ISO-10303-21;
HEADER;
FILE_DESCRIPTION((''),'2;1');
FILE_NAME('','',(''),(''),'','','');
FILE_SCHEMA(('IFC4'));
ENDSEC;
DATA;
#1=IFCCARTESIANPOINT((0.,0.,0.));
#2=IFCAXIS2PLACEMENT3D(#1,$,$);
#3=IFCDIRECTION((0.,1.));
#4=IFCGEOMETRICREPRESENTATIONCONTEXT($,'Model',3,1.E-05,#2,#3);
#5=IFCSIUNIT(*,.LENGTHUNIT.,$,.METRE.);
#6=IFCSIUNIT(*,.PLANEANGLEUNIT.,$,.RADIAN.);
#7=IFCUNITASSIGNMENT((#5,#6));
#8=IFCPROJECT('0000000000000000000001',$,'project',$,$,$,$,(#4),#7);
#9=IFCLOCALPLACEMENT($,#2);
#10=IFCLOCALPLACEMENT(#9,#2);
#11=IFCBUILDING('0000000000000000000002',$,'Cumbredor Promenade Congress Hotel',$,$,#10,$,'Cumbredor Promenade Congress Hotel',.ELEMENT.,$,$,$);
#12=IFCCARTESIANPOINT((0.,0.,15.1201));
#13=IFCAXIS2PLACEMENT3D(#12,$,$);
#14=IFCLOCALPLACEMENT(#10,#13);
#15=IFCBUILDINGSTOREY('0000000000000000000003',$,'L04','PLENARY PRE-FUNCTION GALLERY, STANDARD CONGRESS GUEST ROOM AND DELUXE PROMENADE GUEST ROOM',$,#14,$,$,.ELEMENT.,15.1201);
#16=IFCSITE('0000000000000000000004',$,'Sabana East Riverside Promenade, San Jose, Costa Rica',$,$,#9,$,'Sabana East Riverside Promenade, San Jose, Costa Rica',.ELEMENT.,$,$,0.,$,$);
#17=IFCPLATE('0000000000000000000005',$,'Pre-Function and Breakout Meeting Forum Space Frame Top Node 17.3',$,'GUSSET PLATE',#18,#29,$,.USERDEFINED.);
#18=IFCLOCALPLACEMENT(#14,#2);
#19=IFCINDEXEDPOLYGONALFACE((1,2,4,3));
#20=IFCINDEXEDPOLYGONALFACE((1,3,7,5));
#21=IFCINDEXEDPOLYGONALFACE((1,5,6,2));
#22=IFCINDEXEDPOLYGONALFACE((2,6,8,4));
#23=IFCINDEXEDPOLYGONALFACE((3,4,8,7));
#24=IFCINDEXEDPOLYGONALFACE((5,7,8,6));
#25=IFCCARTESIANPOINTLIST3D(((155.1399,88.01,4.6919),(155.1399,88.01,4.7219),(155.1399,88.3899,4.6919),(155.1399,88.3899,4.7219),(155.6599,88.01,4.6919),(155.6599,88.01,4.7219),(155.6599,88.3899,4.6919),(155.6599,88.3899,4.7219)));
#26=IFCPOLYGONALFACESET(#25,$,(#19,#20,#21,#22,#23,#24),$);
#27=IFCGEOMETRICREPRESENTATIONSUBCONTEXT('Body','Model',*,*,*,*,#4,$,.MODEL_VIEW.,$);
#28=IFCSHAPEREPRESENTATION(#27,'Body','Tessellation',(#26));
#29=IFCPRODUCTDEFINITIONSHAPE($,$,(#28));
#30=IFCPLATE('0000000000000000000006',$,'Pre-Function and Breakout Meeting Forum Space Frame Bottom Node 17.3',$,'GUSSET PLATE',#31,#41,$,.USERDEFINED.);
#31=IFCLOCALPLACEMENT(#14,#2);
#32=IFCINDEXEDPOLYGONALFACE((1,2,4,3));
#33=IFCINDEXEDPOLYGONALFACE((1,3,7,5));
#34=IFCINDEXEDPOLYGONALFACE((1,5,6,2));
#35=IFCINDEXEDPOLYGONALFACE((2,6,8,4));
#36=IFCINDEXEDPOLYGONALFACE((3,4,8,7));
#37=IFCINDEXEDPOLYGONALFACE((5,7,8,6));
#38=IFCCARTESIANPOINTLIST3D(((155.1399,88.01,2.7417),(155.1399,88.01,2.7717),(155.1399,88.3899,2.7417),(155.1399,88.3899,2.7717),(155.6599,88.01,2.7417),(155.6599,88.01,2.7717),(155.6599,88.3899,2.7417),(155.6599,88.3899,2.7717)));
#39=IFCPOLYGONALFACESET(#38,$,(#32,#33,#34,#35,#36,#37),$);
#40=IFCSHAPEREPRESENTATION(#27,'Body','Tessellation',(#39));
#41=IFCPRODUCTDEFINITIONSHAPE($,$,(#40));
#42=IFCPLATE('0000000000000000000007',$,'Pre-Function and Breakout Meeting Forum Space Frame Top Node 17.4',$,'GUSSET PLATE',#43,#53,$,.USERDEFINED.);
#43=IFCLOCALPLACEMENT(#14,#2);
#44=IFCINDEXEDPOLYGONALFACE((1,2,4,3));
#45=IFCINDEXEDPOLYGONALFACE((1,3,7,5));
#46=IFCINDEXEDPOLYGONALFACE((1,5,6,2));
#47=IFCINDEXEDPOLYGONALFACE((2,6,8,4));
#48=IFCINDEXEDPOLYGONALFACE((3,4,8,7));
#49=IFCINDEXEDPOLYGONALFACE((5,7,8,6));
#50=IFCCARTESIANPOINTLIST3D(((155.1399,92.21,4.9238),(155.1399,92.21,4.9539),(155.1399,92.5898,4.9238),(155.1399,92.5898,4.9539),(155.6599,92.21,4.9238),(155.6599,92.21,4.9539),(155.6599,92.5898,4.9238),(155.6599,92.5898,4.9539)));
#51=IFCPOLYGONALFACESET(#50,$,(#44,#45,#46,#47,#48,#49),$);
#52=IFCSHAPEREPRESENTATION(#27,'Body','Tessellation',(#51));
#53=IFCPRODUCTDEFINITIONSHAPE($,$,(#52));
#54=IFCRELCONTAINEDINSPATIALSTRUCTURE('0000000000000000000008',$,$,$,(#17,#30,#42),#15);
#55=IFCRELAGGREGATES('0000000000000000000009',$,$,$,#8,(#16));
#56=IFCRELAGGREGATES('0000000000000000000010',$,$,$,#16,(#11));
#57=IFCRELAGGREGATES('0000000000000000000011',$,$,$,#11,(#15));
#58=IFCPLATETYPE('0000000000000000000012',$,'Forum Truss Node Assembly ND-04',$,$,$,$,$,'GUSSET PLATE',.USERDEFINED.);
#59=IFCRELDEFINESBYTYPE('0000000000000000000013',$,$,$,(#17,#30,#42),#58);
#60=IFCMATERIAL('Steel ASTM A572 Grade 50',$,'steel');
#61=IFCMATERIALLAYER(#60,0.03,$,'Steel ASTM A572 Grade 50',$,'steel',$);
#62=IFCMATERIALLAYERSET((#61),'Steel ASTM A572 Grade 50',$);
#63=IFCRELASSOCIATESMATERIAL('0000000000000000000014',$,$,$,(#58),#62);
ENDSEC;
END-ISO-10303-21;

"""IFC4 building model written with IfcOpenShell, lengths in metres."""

from ifc_helpers import new_model, si_unit, direction, frame, origin, origin_2d, place, context, subcontext, project, spatial, rectangle, extrude, material, layer, layer_set, type_object, element, save


model = new_model("IFC4")

# Units and contexts
model_context = context("Model", 3, precision=1e-05, world=origin(), true_north=direction((0.0, 1.0)))
body_context = subcontext(model_context, "Body", "Model", "MODEL_VIEW")
ifc_project = project(units=[si_unit("LENGTHUNIT", "METRE"), si_unit("PLANEANGLEUNIT", "RADIAN")], contexts=[model_context])

# Site, building, storey
site_placement = place(None, origin())
site = spatial("IfcSite", under=ifc_project, at=site_placement, Name="Sabana East Riverside Promenade, San Jose, Costa Rica", LongName="Sabana East Riverside Promenade, San Jose, Costa Rica", CompositionType="ELEMENT", RefElevation=0.0)
building_placement = place(site_placement, origin())
building = spatial("IfcBuilding", under=site, at=building_placement, Name="Cumbredor Promenade Congress Hotel", LongName="Cumbredor Promenade Congress Hotel", CompositionType="ELEMENT")
storey_placement = place(building_placement, frame((0.0, 0.0, 15.1201)))
storey = spatial("IfcBuildingStorey", under=building, at=storey_placement, Name="L04", Description="PLENARY PRE-FUNCTION GALLERY, STANDARD CONGRESS GUEST ROOM AND DELUXE PROMENADE GUEST ROOM", CompositionType="ELEMENT", Elevation=15.1201)

# Plates
ifc_material_1 = material(Name="Steel ASTM A572 Grade 50", Category="steel")
ifc_layer = layer(ifc_material_1, 0.03, Name="Steel ASTM A572 Grade 50", Category="steel")
ifc_layer_set = layer_set([ifc_layer], Name="Steel ASTM A572 Grade 50")
plate_type = type_object("IfcPlateType", Name="Forum Truss Node Assembly ND-04", ElementType="GUSSET PLATE", PredefinedType="USERDEFINED", material=ifc_layer_set)
for number, where, z_axis, x_axis, name in (
    (1, (155.3999, 88.2, 4.6919), (0.0, 0.0, 1.0), (1.0, 0.0, 0.0), "Pre-Function and Breakout Meeting Forum Space Frame Top Node 17.3"),
    (2, (155.3999, 88.2, 2.7417), (0.0, 0.0, 1.0), (1.0, 0.0, 0.0), "Pre-Function and Breakout Meeting Forum Space Frame Bottom Node 17.3"),
    (3, (155.3999, 92.3999, 4.9238), (0.0, 0.0, 1.0), (1.0, 0.0, 0.0), "Pre-Function and Breakout Meeting Forum Space Frame Top Node 17.4"),
):
    element("IfcPlate", number, at=place(storey_placement, frame(where, z_axis=z_axis, x_axis=x_axis)), inside=storey, type_object=plate_type, Name=name, ObjectType="GUSSET PLATE", PredefinedType="USERDEFINED", context=body_context, shape_type="SweptSolid", body=[
        extrude(rectangle(XDim=0.52, YDim=0.3799, at=origin_2d()), origin(), (0.0, 0.0, 1.0), 0.03),
    ])

save(model, "model.ifc")
